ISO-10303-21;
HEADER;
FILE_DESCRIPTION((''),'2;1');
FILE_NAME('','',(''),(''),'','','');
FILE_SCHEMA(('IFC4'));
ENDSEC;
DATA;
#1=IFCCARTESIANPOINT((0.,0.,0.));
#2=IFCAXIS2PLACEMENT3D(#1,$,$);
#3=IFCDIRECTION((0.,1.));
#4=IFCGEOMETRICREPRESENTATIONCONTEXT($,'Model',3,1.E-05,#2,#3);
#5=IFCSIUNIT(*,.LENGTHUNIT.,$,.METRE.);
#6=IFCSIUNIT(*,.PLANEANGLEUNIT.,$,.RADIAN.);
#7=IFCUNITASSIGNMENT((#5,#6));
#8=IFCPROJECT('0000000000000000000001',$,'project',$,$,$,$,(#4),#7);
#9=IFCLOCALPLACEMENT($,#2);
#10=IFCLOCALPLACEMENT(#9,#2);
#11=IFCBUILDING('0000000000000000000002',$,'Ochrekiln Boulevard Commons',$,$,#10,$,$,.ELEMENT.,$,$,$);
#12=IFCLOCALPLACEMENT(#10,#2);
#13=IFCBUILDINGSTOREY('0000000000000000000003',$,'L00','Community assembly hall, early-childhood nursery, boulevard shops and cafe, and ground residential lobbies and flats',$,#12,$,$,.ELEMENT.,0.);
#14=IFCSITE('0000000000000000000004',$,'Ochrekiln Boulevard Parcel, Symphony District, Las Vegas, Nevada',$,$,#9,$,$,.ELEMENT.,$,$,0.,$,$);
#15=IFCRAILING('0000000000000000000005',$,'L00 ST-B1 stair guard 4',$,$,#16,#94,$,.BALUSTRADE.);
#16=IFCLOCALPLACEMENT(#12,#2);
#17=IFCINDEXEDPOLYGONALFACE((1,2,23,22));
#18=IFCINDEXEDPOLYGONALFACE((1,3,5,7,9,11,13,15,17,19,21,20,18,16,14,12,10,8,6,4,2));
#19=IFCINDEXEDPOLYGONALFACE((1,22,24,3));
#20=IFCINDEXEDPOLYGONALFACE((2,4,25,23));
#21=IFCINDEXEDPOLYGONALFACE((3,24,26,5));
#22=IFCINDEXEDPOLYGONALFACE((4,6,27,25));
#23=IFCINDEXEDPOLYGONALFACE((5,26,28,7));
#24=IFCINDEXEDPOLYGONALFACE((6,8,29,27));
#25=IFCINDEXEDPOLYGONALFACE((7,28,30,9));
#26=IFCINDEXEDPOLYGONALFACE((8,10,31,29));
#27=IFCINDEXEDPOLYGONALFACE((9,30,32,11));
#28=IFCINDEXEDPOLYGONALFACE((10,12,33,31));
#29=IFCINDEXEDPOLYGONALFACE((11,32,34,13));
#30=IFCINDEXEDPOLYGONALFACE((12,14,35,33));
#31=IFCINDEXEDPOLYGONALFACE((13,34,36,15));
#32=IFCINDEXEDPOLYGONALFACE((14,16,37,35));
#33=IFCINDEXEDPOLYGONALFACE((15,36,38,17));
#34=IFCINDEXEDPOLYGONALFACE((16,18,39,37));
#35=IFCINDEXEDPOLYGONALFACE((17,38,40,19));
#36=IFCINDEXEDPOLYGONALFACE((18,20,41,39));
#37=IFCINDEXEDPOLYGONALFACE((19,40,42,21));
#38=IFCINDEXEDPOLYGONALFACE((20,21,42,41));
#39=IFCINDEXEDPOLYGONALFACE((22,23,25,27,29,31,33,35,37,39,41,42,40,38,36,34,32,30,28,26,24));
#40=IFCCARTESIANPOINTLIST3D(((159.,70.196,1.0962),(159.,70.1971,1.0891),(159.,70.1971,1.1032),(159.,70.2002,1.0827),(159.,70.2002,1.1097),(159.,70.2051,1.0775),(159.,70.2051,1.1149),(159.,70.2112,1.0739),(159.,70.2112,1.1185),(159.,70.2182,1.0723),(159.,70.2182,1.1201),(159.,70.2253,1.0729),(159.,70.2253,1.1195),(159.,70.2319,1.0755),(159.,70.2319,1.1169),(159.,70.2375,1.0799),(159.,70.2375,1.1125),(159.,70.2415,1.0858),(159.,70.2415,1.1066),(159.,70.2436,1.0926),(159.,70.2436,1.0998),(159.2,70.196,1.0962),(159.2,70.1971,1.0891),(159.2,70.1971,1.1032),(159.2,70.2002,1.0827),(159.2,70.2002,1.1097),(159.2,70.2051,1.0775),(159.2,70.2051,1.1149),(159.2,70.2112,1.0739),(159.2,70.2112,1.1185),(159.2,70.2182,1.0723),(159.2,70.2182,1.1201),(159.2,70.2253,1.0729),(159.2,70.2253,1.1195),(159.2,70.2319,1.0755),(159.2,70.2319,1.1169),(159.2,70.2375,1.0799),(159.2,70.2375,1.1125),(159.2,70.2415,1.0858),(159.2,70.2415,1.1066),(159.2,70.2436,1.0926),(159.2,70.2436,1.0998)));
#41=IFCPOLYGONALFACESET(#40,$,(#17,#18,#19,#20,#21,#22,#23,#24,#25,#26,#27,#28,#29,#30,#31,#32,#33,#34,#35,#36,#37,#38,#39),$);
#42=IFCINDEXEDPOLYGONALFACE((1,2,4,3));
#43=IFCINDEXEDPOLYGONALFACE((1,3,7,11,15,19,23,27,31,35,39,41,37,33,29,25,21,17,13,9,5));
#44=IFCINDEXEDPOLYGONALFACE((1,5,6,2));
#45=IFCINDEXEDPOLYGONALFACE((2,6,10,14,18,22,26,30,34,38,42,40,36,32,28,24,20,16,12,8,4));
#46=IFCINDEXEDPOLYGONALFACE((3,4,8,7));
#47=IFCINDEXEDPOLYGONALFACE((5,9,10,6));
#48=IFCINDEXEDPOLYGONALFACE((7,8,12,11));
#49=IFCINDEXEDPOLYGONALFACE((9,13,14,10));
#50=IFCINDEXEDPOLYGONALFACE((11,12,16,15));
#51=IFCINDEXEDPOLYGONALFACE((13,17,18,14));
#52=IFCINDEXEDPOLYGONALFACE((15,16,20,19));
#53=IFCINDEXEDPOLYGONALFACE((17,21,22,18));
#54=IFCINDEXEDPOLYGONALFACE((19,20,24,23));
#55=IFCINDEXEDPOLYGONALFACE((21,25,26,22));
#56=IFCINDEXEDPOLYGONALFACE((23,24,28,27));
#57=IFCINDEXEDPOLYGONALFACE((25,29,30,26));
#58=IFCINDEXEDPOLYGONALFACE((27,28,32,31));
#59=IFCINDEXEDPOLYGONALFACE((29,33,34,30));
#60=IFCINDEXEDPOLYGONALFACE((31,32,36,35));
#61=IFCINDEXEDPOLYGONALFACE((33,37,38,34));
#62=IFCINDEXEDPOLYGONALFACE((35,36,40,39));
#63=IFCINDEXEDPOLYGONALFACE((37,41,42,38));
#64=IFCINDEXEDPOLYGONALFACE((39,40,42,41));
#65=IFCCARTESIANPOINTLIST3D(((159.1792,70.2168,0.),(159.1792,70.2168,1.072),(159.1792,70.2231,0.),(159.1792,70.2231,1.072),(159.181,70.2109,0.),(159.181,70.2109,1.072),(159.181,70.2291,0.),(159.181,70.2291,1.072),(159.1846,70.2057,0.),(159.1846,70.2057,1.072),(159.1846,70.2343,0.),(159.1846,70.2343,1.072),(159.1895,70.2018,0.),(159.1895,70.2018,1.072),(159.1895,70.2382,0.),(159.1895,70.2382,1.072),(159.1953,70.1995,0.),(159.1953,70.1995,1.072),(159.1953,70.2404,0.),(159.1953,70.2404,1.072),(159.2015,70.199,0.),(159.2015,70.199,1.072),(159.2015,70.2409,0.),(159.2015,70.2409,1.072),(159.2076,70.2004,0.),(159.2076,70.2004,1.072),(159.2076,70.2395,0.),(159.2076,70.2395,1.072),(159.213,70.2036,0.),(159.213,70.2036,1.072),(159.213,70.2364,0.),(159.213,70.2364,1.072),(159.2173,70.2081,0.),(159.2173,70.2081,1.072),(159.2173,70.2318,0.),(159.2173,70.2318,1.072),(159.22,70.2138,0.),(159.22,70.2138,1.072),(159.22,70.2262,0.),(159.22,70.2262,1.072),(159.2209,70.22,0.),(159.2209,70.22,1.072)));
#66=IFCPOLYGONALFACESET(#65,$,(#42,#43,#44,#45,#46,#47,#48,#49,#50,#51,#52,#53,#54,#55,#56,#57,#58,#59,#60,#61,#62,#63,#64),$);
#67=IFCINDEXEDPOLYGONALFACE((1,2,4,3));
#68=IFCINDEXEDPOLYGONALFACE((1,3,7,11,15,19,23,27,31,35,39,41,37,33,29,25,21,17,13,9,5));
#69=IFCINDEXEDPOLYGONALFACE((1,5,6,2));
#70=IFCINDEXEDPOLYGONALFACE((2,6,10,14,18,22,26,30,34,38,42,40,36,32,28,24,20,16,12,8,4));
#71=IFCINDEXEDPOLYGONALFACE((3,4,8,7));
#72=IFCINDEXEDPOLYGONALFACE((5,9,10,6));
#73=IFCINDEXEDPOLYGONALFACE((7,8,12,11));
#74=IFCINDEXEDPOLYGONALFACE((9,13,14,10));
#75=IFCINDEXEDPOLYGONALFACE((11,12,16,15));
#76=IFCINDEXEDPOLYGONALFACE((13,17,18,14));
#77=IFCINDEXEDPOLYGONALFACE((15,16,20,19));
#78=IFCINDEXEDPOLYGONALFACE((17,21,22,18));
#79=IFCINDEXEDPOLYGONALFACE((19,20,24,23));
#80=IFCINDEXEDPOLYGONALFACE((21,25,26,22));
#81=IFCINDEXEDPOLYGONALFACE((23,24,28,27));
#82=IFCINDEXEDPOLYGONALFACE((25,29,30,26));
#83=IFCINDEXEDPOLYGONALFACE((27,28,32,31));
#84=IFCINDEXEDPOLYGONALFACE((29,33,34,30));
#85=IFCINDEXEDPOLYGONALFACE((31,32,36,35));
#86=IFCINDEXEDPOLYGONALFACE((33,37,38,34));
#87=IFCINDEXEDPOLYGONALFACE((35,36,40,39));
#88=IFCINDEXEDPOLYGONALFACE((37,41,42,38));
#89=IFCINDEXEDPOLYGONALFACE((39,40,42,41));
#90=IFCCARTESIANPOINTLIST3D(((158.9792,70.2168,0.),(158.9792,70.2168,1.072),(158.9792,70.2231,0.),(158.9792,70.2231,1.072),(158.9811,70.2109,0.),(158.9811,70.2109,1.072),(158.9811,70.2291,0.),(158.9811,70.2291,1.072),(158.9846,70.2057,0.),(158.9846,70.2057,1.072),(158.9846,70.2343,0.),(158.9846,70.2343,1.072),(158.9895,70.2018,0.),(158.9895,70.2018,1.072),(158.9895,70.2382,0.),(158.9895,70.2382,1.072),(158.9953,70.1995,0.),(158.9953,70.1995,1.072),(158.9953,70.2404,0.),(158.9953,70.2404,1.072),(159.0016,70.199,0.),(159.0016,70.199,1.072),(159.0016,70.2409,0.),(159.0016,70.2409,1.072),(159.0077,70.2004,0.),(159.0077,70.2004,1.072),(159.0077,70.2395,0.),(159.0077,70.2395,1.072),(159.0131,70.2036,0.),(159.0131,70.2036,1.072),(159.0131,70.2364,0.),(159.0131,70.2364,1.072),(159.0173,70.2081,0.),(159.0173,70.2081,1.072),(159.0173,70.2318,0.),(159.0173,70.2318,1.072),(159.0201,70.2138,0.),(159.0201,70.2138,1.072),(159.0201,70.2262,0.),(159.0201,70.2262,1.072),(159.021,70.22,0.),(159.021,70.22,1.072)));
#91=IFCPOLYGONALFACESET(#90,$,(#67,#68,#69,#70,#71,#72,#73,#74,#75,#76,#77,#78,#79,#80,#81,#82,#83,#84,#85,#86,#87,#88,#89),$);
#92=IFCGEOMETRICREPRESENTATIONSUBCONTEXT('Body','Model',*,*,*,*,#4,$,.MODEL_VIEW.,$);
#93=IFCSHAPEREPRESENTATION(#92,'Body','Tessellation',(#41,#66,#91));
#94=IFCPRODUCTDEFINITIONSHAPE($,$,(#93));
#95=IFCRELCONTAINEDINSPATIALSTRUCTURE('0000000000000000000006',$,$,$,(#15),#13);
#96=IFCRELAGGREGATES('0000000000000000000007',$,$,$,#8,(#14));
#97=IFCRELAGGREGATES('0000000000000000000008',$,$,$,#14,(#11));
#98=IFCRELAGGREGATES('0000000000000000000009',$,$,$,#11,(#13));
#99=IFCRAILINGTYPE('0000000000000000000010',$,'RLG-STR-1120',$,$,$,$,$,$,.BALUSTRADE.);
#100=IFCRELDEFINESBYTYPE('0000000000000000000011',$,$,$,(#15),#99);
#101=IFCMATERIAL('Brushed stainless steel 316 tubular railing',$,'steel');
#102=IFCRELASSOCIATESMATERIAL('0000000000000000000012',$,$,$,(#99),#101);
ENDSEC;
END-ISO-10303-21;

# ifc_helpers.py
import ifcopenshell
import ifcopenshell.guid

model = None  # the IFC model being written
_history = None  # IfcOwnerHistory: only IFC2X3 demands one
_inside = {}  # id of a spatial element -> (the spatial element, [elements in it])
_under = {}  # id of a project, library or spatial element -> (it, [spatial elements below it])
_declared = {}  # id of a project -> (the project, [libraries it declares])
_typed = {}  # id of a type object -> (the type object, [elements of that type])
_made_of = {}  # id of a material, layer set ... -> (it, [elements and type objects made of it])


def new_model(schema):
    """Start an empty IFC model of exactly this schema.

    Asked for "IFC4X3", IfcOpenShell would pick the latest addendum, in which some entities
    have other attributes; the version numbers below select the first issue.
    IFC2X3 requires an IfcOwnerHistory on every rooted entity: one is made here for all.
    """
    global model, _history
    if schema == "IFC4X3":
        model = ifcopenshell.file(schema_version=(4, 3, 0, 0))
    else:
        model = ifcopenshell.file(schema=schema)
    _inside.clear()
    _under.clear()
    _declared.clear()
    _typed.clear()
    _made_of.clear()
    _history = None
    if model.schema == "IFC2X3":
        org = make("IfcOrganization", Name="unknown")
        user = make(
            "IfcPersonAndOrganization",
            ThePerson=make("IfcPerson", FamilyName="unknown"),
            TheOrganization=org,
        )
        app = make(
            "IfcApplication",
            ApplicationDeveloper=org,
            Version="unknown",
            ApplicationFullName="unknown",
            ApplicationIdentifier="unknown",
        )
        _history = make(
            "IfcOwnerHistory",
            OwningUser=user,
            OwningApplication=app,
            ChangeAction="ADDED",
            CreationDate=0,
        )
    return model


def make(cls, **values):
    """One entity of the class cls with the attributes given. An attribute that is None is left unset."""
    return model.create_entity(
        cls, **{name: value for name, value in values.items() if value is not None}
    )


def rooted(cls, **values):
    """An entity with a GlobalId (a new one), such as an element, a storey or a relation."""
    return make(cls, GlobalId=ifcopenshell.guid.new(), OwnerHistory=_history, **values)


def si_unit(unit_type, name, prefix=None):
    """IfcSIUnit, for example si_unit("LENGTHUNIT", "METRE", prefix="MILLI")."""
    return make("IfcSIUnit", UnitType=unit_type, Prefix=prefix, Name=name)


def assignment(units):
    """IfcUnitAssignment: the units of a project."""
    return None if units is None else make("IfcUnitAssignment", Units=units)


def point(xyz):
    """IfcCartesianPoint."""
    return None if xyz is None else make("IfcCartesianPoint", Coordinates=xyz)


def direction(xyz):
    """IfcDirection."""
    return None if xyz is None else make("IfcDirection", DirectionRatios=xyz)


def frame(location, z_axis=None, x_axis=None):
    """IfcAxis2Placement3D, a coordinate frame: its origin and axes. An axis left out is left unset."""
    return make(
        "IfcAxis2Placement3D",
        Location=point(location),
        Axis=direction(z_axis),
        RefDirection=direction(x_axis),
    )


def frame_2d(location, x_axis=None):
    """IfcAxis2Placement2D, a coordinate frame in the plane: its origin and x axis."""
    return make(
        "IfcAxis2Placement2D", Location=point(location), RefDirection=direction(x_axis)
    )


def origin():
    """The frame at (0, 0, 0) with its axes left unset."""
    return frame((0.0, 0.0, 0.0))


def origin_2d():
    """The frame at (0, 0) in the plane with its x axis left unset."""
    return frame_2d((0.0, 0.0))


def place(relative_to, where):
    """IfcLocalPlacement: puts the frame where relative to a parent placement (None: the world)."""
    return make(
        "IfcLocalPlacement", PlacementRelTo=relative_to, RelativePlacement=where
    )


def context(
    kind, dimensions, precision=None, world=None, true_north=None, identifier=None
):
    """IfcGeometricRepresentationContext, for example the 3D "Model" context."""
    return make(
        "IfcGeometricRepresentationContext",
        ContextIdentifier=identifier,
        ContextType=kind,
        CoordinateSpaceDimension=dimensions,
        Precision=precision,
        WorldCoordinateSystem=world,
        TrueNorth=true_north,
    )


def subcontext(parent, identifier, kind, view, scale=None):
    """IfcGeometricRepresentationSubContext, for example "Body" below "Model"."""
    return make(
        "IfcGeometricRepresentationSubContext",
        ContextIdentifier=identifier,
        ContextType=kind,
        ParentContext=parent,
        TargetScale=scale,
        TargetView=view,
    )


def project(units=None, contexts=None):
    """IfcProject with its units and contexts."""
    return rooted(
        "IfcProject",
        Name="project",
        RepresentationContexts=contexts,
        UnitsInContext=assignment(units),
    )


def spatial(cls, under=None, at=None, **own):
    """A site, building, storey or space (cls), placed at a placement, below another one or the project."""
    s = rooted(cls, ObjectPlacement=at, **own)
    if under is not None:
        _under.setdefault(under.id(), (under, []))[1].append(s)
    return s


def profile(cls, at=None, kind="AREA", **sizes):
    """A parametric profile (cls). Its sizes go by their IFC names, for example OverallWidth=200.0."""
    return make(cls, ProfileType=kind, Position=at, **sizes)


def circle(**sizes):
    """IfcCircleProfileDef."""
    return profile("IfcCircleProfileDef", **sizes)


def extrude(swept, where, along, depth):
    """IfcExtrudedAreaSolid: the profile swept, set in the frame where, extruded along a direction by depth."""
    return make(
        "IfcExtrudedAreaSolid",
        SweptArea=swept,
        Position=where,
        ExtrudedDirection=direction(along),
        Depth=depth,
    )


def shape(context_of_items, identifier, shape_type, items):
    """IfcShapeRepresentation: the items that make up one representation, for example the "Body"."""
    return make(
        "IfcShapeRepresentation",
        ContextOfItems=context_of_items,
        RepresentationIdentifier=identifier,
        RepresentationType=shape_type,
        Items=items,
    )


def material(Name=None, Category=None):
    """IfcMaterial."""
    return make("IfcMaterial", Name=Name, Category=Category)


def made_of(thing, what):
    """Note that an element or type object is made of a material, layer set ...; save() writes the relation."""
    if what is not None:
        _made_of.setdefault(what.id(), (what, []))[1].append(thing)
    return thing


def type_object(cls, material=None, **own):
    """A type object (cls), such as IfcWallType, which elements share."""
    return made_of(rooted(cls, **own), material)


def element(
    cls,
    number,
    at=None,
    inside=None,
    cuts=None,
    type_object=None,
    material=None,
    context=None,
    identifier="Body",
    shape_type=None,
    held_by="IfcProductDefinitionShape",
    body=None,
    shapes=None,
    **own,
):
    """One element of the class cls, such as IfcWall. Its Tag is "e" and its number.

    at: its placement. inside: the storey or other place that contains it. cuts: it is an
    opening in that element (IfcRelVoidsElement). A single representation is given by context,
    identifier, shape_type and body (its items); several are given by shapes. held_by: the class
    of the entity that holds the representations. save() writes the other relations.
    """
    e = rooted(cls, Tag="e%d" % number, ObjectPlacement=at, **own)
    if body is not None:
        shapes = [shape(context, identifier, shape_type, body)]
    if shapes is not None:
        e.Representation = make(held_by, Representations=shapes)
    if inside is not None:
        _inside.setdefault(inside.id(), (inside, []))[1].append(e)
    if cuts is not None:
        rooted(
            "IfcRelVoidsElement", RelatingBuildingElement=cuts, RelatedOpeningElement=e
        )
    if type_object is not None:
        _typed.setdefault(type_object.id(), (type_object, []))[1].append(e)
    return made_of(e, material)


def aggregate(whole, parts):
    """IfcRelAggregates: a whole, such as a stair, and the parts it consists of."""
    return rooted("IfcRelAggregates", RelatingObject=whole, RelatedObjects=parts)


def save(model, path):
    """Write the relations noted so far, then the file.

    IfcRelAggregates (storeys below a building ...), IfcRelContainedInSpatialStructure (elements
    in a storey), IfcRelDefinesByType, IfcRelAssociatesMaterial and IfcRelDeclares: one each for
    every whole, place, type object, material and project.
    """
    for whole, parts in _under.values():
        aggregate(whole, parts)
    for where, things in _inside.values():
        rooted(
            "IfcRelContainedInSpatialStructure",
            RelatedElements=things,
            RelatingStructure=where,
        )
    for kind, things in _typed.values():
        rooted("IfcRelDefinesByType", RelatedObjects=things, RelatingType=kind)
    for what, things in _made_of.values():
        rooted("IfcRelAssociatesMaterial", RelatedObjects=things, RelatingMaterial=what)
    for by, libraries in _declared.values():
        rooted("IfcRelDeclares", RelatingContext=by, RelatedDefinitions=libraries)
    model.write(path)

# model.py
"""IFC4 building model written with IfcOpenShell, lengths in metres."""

from ifc_helpers import new_model, si_unit, direction, frame, origin, origin_2d, place, context, subcontext, project, spatial, circle, extrude, material, type_object, element, save


model = new_model("IFC4")

# Units and contexts
model_context = context("Model", 3, precision=1e-05, world=origin(), true_north=direction((0.0, 1.0)))
body_context = subcontext(model_context, "Body", "Model", "MODEL_VIEW")
ifc_project = project(units=[si_unit("LENGTHUNIT", "METRE"), si_unit("PLANEANGLEUNIT", "RADIAN")], contexts=[model_context])

# Site, building, storey
site_placement = place(None, origin())
site = spatial("IfcSite", under=ifc_project, at=site_placement, Name="Ochrekiln Boulevard Parcel, Symphony District, Las Vegas, Nevada", CompositionType="ELEMENT", RefElevation=0.0)
building_placement = place(site_placement, origin())
building = spatial("IfcBuilding", under=site, at=building_placement, Name="Ochrekiln Boulevard Commons", CompositionType="ELEMENT")
storey_placement = place(building_placement, origin())
storey = spatial("IfcBuildingStorey", under=building, at=storey_placement, Name="L00", Description="Community assembly hall, early-childhood nursery, boulevard shops and cafe, and ground residential lobbies and flats", CompositionType="ELEMENT", Elevation=0.0)

# Railing
ifc_material_1 = material(Name="Brushed stainless steel 316 tubular railing", Category="steel")
railing_type_1 = type_object("IfcRailingType", Name="RLG-STR-1120", PredefinedType="BALUSTRADE", material=ifc_material_1)
railing_1_placement = place(storey_placement, frame((159.2, 70.22, 0.0)))
element("IfcRailing", 1, at=railing_1_placement, inside=storey, type_object=railing_type_1, Name="L00 ST-B1 stair guard 4", PredefinedType="BALUSTRADE", context=body_context, shape_type="SweptSolid", body=[
    extrude(circle(Radius=0.0239, at=origin_2d()), frame((0.0, 0.0, 1.0962), z_axis=(-1.0, 0.0, 0.0), x_axis=(0.0, -1.0, 0.0)), (0.0, 0.0, 1.0), 0.2),
    extrude(circle(Radius=0.021, at=origin_2d()), origin(), (0.0, 0.0, 1.0), 1.072),
    extrude(circle(Radius=0.021, at=origin_2d()), frame((-0.2, 0.0, 0.0)), (0.0, 0.0, 1.0), 1.072),
])

save(model, "model.ifc")
